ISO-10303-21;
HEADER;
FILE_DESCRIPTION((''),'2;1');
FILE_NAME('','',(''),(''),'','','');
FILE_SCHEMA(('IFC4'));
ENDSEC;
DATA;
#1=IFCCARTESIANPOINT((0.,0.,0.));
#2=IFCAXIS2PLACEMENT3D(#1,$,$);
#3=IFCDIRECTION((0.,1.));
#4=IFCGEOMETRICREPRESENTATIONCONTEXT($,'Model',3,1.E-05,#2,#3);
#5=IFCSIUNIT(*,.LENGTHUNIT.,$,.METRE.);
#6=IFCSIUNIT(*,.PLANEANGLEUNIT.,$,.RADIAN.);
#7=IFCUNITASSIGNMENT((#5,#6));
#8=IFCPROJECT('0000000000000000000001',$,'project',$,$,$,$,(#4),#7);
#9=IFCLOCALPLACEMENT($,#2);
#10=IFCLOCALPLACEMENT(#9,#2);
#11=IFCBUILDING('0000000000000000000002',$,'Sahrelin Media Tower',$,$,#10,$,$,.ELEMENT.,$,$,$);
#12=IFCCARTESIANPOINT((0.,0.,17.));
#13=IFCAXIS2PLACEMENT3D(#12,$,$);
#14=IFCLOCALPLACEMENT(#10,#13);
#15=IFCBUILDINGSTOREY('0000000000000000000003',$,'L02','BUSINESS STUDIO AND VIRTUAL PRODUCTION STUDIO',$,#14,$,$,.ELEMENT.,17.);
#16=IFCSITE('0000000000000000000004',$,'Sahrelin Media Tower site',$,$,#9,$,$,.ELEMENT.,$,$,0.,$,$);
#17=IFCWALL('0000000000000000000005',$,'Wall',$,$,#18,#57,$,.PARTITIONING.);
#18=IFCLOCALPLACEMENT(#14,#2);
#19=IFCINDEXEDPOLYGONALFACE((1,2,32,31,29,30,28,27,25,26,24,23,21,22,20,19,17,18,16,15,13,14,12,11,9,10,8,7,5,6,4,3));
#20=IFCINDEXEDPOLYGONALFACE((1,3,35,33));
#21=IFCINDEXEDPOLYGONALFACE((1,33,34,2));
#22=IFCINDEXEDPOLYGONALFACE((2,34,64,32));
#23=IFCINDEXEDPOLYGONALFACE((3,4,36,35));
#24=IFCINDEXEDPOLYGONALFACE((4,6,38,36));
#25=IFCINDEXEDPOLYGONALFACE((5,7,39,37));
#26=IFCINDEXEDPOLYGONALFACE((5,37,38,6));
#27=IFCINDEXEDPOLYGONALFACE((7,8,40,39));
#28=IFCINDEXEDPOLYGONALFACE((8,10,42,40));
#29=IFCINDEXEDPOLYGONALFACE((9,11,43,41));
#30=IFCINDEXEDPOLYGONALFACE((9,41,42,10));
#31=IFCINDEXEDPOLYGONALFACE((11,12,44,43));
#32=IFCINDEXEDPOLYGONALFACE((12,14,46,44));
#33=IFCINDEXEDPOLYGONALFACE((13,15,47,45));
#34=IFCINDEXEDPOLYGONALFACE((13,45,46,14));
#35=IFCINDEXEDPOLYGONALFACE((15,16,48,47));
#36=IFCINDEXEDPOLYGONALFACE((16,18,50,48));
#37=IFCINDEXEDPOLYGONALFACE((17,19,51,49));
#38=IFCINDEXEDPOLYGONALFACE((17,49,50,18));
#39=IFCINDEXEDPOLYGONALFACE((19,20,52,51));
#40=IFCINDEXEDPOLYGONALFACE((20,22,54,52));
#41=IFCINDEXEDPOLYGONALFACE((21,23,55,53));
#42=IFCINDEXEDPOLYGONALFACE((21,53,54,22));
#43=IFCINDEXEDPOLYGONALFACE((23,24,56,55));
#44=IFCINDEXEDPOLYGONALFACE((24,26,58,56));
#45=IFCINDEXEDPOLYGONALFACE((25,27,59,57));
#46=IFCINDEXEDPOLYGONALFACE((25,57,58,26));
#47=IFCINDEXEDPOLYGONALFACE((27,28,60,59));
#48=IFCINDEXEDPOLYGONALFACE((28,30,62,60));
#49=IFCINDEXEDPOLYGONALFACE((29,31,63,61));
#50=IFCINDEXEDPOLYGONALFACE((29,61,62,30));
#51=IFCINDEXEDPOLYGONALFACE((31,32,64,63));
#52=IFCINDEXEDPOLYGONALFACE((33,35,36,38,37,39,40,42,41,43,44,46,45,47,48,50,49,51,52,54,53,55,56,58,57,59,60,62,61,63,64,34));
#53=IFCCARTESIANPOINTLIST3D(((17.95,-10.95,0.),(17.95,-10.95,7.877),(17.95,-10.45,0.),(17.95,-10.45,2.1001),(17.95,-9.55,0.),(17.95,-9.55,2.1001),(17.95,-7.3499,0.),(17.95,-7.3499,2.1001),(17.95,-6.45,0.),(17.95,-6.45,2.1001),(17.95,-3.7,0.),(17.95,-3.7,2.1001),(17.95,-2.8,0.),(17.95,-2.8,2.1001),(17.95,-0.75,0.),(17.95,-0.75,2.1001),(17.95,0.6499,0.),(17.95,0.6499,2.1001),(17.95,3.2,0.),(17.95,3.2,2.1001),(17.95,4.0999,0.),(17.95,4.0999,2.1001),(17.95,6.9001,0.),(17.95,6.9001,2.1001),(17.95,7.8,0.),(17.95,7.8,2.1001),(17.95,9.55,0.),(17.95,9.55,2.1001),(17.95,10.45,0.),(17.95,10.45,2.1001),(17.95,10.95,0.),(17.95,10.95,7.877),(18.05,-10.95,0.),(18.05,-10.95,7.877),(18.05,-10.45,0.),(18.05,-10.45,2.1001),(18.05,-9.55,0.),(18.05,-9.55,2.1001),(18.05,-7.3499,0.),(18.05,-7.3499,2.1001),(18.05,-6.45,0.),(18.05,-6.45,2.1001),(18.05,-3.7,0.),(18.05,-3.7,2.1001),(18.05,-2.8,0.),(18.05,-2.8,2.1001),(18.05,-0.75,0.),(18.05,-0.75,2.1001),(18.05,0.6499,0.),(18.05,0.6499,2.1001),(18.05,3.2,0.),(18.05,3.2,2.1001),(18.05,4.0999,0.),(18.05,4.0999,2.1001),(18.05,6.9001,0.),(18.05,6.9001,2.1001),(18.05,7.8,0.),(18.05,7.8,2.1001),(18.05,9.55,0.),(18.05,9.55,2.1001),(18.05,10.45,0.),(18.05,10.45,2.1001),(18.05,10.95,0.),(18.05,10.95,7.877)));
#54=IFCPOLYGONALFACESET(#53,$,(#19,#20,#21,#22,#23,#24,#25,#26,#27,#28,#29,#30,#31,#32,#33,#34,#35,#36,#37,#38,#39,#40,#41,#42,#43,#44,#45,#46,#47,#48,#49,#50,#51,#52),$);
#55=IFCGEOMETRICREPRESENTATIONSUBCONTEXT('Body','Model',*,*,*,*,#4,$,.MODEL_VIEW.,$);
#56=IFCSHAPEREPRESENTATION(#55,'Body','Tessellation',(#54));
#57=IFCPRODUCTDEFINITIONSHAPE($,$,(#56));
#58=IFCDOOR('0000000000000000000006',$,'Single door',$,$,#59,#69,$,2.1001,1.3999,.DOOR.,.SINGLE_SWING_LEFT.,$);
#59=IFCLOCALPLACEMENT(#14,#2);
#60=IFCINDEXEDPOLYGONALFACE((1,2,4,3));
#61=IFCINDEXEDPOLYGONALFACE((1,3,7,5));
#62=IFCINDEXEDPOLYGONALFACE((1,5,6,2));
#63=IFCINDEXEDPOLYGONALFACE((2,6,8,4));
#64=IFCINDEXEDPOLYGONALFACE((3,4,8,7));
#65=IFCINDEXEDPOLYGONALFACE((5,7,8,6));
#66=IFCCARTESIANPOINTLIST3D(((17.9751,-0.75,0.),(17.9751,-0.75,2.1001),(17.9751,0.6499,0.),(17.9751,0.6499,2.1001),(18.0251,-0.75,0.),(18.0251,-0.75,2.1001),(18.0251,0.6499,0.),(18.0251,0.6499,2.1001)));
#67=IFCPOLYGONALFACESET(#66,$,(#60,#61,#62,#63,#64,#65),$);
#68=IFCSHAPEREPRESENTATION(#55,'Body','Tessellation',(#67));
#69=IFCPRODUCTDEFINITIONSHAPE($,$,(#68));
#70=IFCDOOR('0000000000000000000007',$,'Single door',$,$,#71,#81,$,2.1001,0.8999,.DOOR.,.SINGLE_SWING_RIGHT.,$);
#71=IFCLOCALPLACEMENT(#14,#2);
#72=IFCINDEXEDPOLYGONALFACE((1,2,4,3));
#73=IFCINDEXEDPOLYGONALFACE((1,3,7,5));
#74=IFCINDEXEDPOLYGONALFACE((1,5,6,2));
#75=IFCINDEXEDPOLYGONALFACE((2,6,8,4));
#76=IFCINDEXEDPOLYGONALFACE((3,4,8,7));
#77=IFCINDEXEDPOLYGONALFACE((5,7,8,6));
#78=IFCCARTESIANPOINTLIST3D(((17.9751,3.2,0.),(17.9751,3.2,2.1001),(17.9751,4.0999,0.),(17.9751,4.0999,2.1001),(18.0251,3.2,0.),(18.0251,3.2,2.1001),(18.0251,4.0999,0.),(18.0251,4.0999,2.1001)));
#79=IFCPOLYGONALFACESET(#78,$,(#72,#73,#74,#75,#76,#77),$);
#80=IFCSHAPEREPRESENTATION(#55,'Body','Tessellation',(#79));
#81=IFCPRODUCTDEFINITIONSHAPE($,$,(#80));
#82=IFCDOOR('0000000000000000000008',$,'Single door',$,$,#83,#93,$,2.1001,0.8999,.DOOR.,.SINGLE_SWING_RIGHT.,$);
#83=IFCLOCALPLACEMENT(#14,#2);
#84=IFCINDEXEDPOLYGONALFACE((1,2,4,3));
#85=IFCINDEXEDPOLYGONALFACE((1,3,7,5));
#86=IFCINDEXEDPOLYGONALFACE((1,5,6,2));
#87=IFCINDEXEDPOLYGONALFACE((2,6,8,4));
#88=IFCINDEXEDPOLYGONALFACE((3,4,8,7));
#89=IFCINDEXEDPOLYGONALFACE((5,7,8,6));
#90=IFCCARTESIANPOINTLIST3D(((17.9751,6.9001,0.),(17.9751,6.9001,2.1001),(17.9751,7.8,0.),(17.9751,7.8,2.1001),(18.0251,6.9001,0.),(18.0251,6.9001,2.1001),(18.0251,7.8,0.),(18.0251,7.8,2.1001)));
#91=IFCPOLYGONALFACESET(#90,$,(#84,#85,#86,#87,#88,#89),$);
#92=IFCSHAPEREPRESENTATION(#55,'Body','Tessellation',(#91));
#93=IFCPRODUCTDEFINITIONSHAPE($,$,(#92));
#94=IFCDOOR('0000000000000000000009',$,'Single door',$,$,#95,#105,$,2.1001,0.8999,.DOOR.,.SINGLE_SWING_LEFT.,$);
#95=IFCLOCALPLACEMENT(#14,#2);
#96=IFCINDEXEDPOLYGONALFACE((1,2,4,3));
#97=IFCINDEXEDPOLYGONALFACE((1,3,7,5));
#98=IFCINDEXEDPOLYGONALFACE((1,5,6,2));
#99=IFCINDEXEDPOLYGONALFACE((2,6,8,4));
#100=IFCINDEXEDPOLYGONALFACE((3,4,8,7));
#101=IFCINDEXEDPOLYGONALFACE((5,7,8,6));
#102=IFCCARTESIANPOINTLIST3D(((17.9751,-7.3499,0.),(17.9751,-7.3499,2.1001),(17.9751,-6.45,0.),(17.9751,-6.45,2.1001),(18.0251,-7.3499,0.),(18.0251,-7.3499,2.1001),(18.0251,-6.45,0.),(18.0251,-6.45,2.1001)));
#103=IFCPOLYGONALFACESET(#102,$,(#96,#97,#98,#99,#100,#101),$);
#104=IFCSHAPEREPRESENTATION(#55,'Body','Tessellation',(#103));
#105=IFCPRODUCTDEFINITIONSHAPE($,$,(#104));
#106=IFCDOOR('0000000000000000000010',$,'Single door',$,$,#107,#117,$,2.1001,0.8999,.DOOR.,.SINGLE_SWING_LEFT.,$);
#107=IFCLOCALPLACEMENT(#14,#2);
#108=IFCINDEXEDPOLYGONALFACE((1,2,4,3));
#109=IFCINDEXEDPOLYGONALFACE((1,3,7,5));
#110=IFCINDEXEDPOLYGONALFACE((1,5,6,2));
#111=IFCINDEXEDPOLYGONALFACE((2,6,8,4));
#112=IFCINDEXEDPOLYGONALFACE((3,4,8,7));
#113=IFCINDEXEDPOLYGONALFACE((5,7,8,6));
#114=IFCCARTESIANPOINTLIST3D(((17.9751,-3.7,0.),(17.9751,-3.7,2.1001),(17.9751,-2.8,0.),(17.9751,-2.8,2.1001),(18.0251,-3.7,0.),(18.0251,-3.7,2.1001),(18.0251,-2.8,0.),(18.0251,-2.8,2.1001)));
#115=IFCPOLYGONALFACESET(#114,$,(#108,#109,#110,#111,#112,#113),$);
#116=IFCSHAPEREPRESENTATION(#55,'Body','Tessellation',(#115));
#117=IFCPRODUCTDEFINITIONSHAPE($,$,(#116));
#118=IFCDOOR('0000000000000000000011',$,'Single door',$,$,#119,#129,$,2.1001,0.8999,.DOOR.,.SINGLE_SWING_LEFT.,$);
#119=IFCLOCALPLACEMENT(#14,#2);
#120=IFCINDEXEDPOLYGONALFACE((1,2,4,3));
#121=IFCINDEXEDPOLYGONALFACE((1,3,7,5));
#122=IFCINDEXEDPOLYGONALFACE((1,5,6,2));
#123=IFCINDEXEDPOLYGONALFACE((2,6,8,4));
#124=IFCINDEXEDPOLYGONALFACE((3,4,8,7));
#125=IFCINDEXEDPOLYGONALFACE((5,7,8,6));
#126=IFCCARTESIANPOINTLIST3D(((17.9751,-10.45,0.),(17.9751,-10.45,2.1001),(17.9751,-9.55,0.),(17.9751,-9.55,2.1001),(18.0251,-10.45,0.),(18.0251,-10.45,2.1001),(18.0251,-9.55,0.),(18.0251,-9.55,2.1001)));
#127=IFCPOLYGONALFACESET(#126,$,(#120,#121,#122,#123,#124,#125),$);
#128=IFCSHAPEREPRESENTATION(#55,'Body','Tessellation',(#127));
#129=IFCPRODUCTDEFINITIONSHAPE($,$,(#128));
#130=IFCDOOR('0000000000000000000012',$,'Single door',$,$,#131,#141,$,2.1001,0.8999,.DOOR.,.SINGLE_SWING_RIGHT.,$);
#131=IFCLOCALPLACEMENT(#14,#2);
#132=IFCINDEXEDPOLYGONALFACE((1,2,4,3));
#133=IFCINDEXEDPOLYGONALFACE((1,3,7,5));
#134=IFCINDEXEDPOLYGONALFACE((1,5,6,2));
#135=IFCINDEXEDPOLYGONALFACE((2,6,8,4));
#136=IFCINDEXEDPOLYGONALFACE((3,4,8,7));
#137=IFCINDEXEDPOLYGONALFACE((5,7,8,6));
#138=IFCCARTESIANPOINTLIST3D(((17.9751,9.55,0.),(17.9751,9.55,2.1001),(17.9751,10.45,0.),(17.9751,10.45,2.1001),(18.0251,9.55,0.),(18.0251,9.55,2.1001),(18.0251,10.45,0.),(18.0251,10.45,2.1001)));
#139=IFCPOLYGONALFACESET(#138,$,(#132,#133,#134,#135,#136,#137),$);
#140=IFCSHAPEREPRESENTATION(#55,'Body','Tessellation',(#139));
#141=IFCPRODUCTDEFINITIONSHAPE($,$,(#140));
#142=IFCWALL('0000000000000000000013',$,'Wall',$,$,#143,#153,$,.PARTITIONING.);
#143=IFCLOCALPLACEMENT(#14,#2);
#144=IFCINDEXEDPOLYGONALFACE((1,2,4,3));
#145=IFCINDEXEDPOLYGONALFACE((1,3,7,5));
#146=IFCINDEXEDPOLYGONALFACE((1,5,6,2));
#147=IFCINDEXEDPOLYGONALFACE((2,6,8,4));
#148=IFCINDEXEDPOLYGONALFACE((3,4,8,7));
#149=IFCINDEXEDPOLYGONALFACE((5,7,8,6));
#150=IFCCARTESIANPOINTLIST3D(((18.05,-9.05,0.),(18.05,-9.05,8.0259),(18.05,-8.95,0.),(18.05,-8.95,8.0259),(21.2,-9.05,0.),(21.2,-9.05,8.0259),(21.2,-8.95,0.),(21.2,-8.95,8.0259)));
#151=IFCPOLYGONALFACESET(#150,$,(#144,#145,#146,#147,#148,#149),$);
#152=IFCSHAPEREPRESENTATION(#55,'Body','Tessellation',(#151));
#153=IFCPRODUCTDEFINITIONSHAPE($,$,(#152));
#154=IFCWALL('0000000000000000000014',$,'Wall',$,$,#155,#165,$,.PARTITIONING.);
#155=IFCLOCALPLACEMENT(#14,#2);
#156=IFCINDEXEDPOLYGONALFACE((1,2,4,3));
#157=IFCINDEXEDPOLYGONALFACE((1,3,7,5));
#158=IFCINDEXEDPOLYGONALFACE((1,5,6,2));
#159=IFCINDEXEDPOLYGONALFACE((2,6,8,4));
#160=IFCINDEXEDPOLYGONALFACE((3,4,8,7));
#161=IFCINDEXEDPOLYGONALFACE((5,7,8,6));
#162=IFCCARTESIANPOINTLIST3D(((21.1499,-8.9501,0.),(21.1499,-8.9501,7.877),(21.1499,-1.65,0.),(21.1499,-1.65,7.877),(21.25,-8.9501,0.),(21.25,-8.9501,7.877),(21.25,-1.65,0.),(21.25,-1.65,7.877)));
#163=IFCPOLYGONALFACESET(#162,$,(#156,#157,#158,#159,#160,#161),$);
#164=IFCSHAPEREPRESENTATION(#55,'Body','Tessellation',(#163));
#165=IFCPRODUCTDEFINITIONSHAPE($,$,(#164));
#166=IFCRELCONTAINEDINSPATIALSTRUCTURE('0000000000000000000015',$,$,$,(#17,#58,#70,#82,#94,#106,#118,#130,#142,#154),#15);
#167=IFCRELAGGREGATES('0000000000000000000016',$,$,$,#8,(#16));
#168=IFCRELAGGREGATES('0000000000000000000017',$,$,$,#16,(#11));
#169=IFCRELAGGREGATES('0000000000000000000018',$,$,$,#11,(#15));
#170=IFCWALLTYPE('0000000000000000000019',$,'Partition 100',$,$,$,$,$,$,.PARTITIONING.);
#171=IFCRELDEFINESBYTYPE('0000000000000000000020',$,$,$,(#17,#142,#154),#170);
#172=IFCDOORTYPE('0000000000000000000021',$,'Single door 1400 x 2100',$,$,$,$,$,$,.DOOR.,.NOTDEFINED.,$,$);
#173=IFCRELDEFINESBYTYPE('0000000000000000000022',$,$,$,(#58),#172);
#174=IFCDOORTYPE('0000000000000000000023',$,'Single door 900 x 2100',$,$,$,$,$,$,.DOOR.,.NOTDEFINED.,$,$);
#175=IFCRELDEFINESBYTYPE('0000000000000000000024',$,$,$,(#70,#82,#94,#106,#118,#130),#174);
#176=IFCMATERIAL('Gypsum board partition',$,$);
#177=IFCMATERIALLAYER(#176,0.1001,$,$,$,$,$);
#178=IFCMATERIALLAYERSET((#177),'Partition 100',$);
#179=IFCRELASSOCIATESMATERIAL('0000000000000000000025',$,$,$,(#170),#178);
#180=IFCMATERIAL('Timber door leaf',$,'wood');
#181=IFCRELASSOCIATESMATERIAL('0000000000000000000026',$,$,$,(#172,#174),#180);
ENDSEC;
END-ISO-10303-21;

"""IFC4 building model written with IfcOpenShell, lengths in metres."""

from ifc_helpers import new_model, si_unit, direction, frame, frame_2d, origin, place, context, subcontext, project, spatial, rectangle, extrude, material, layer, layer_set, type_object, element, fill, save


model = new_model("IFC4")

# Units and contexts
model_context = context("Model", 3, precision=1e-05, world=origin(), true_north=direction((0.0, 1.0)))
body_context = subcontext(model_context, "Body", "Model", "MODEL_VIEW")
ifc_project = project(units=[si_unit("LENGTHUNIT", "METRE"), si_unit("PLANEANGLEUNIT", "RADIAN")], contexts=[model_context])

# Site, building, storey
site_placement = place(None, origin())
site = spatial("IfcSite", under=ifc_project, at=site_placement, Name="Sahrelin Media Tower site", CompositionType="ELEMENT", RefElevation=0.0)
building_placement = place(site_placement, origin())
building = spatial("IfcBuilding", under=site, at=building_placement, Name="Sahrelin Media Tower", CompositionType="ELEMENT")
storey_placement = place(building_placement, frame((0.0, 0.0, 17.0)))
storey = spatial("IfcBuildingStorey", under=building, at=storey_placement, Name="L02", Description="BUSINESS STUDIO AND VIRTUAL PRODUCTION STUDIO", CompositionType="ELEMENT", Elevation=17.0)

# Shared definitions
ifc_material_1 = material(Name="Gypsum board partition")
ifc_layer_1 = layer(ifc_material_1, 0.1001)
ifc_layer_set_1 = layer_set([ifc_layer_1], Name="Partition 100")
wall_type_1 = type_object("IfcWallType", Name="Partition 100", PredefinedType="PARTITIONING", material=ifc_layer_set_1)

# Wall, openings, doors
wall_1_placement = place(storey_placement, frame((18.0, -10.95, 0.0), z_axis=(0.0, 0.0, 1.0), x_axis=(0.0, 1.0, 0.0)))
wall_1 = element("IfcWall", 1, at=wall_1_placement, inside=storey, type_object=wall_type_1, Name="Wall", PredefinedType="PARTITIONING", context=body_context, shape_type="SweptSolid", body=[
    extrude(rectangle(XDim=21.8999, YDim=0.1001, at=frame_2d((10.95, 0.0))), origin(), (0.0, 0.0, 1.0), 7.877),
])
opening_1_placement = place(wall_1_placement, frame((14.1499, 0.0, 0.0)))
opening_1 = element("IfcOpeningElement", 2, at=opening_1_placement, cuts=wall_1, PredefinedType="OPENING", context=body_context, shape_type="SweptSolid", body=[
    extrude(rectangle(XDim=0.8999, YDim=2.1001, at=frame_2d((0.45, 1.05))), frame((0.0, 0.05, 0.0), z_axis=(0.0, -1.0, 0.0), x_axis=(1.0, 0.0, 0.0)), (0.0, 0.0, 1.0), 0.1001),
])
opening_2_placement = place(wall_1_placement, frame((17.8501, 0.0, 0.0)))
opening_2 = element("IfcOpeningElement", 3, at=opening_2_placement, cuts=wall_1, PredefinedType="OPENING", context=body_context, shape_type="SweptSolid", body=[
    extrude(rectangle(XDim=0.8999, YDim=2.1001, at=frame_2d((0.45, 1.05))), frame((0.0, 0.05, 0.0), z_axis=(0.0, -1.0, 0.0), x_axis=(1.0, 0.0, 0.0)), (0.0, 0.0, 1.0), 0.1001),
])
opening_3_placement = place(wall_1_placement, frame((3.6001, 0.0, 0.0)))
opening_3 = element("IfcOpeningElement", 4, at=opening_3_placement, cuts=wall_1, PredefinedType="OPENING", context=body_context, shape_type="SweptSolid", body=[
    extrude(rectangle(XDim=0.8999, YDim=2.1001, at=frame_2d((0.45, 1.05))), frame((0.0, 0.05, 0.0), z_axis=(0.0, -1.0, 0.0), x_axis=(1.0, 0.0, 0.0)), (0.0, 0.0, 1.0), 0.1001),
])
opening_4_placement = place(wall_1_placement, frame((7.25, 0.0, 0.0)))
opening_4 = element("IfcOpeningElement", 5, at=opening_4_placement, cuts=wall_1, PredefinedType="OPENING", context=body_context, shape_type="SweptSolid", body=[
    extrude(rectangle(XDim=0.8999, YDim=2.1001, at=frame_2d((0.45, 1.05))), frame((0.0, 0.05, 0.0), z_axis=(0.0, -1.0, 0.0), x_axis=(1.0, 0.0, 0.0)), (0.0, 0.0, 1.0), 0.1001),
])
opening_5_placement = place(wall_1_placement, frame((0.5, 0.0, 0.0)))
opening_5 = element("IfcOpeningElement", 6, at=opening_5_placement, cuts=wall_1, PredefinedType="OPENING", context=body_context, shape_type="SweptSolid", body=[
    extrude(rectangle(XDim=0.8999, YDim=2.1001, at=frame_2d((0.45, 1.05))), frame((0.0, 0.05, 0.0), z_axis=(0.0, -1.0, 0.0), x_axis=(1.0, 0.0, 0.0)), (0.0, 0.0, 1.0), 0.1001),
])
opening_6_placement = place(wall_1_placement, frame((10.2, 0.0, 0.0)))
opening_6 = element("IfcOpeningElement", 7, at=opening_6_placement, cuts=wall_1, PredefinedType="OPENING", context=body_context, shape_type="SweptSolid", body=[
    extrude(rectangle(XDim=1.3999, YDim=2.1001, at=frame_2d((0.7, 1.05))), frame((0.0, 0.05, 0.0), z_axis=(0.0, -1.0, 0.0), x_axis=(1.0, 0.0, 0.0)), (0.0, 0.0, 1.0), 0.1001),
])
opening_7_placement = place(wall_1_placement, frame((20.5, 0.0, 0.0)))
opening_7 = element("IfcOpeningElement", 8, at=opening_7_placement, cuts=wall_1, PredefinedType="OPENING", context=body_context, shape_type="SweptSolid", body=[
    extrude(rectangle(XDim=0.8999, YDim=2.1001, at=frame_2d((0.45, 1.05))), frame((0.0, 0.05, 0.0), z_axis=(0.0, -1.0, 0.0), x_axis=(1.0, 0.0, 0.0)), (0.0, 0.0, 1.0), 0.1001),
])
ifc_material_2 = material(Name="Timber door leaf", Category="wood")
door_type_1 = type_object("IfcDoorType", Name="Single door 1400 x 2100", OperationType="NOTDEFINED", PredefinedType="DOOR", material=ifc_material_2)
door_1_placement = place(opening_6_placement, origin())
door_1 = element("IfcDoor", 9, at=door_1_placement, inside=storey, type_object=door_type_1, Name="Single door", OperationType="SINGLE_SWING_LEFT", OverallHeight=2.1001, OverallWidth=1.3999, PredefinedType="DOOR", context=body_context, shape_type="SweptSolid", body=[
    extrude(rectangle(XDim=1.3999, YDim=2.1001, at=frame_2d((0.7, 1.05))), frame((0.0, 0.0249, 0.0), z_axis=(0.0, -1.0, 0.0), x_axis=(1.0, 0.0, 0.0)), (0.0, 0.0, 1.0), 0.05),
])
fill(opening_6, door_1)
door_type_2 = type_object("IfcDoorType", Name="Single door 900 x 2100", OperationType="NOTDEFINED", PredefinedType="DOOR", material=ifc_material_2)
door_2_placement = place(opening_1_placement, origin())
door_2 = element("IfcDoor", 10, at=door_2_placement, inside=storey, type_object=door_type_2, Name="Single door", OperationType="SINGLE_SWING_RIGHT", OverallHeight=2.1001, OverallWidth=0.8999, PredefinedType="DOOR", context=body_context, shape_type="SweptSolid", body=[
    extrude(rectangle(XDim=0.8999, YDim=2.1001, at=frame_2d((0.45, 1.05))), frame((0.0, 0.0249, 0.0), z_axis=(0.0, -1.0, 0.0), x_axis=(1.0, 0.0, 0.0)), (0.0, 0.0, 1.0), 0.05),
])
fill(opening_1, door_2)
door_3_placement = place(opening_2_placement, origin())
door_3 = element("IfcDoor", 11, at=door_3_placement, inside=storey, type_object=door_type_2, Name="Single door", OperationType="SINGLE_SWING_RIGHT", OverallHeight=2.1001, OverallWidth=0.8999, PredefinedType="DOOR", context=body_context, shape_type="SweptSolid", body=[
    extrude(rectangle(XDim=0.8999, YDim=2.1001, at=frame_2d((0.45, 1.05))), frame((0.0, 0.0249, 0.0), z_axis=(0.0, -1.0, 0.0), x_axis=(1.0, 0.0, 0.0)), (0.0, 0.0, 1.0), 0.05),
])
fill(opening_2, door_3)
door_4_placement = place(opening_3_placement, origin())
door_4 = element("IfcDoor", 12, at=door_4_placement, inside=storey, type_object=door_type_2, Name="Single door", OperationType="SINGLE_SWING_LEFT", OverallHeight=2.1001, OverallWidth=0.8999, PredefinedType="DOOR", context=body_context, shape_type="SweptSolid", body=[
    extrude(rectangle(XDim=0.8999, YDim=2.1001, at=frame_2d((0.45, 1.05))), frame((0.0, 0.0249, 0.0), z_axis=(0.0, -1.0, 0.0), x_axis=(1.0, 0.0, 0.0)), (0.0, 0.0, 1.0), 0.05),
])
fill(opening_3, door_4)
door_5_placement = place(opening_4_placement, origin())
door_5 = element("IfcDoor", 13, at=door_5_placement, inside=storey, type_object=door_type_2, Name="Single door", OperationType="SINGLE_SWING_LEFT", OverallHeight=2.1001, OverallWidth=0.8999, PredefinedType="DOOR", context=body_context, shape_type="SweptSolid", body=[
    extrude(rectangle(XDim=0.8999, YDim=2.1001, at=frame_2d((0.45, 1.05))), frame((0.0, 0.0249, 0.0), z_axis=(0.0, -1.0, 0.0), x_axis=(1.0, 0.0, 0.0)), (0.0, 0.0, 1.0), 0.05),
])
fill(opening_4, door_5)
door_6_placement = place(opening_5_placement, origin())
door_6 = element("IfcDoor", 14, at=door_6_placement, inside=storey, type_object=door_type_2, Name="Single door", OperationType="SINGLE_SWING_LEFT", OverallHeight=2.1001, OverallWidth=0.8999, PredefinedType="DOOR", context=body_context, shape_type="SweptSolid", body=[
    extrude(rectangle(XDim=0.8999, YDim=2.1001, at=frame_2d((0.45, 1.05))), frame((0.0, 0.0249, 0.0), z_axis=(0.0, -1.0, 0.0), x_axis=(1.0, 0.0, 0.0)), (0.0, 0.0, 1.0), 0.05),
])
fill(opening_5, door_6)
door_7_placement = place(opening_7_placement, origin())
door_7 = element("IfcDoor", 15, at=door_7_placement, inside=storey, type_object=door_type_2, Name="Single door", OperationType="SINGLE_SWING_RIGHT", OverallHeight=2.1001, OverallWidth=0.8999, PredefinedType="DOOR", context=body_context, shape_type="SweptSolid", body=[
    extrude(rectangle(XDim=0.8999, YDim=2.1001, at=frame_2d((0.45, 1.05))), frame((0.0, 0.0249, 0.0), z_axis=(0.0, -1.0, 0.0), x_axis=(1.0, 0.0, 0.0)), (0.0, 0.0, 1.0), 0.05),
])
fill(opening_7, door_7)

# Walls
wall_2_placement = place(storey_placement, frame((18.05, -9.0, 0.0), z_axis=(0.0, 0.0, 1.0), x_axis=(1.0, 0.0, 0.0)))
element("IfcWall", 16, at=wall_2_placement, inside=storey, type_object=wall_type_1, Name="Wall", PredefinedType="PARTITIONING", context=body_context, shape_type="SweptSolid", body=[
    extrude(rectangle(XDim=3.1499, YDim=0.1001, at=frame_2d((1.575, 0.0))), origin(), (0.0, 0.0, 1.0), 8.0259),
])
wall_3_placement = place(storey_placement, frame((21.2, -8.95, 0.0), z_axis=(0.0, 0.0, 1.0), x_axis=(0.0, 1.0, 0.0)))
element("IfcWall", 17, at=wall_3_placement, inside=storey, type_object=wall_type_1, Name="Wall", PredefinedType="PARTITIONING", context=body_context, shape_type="SweptSolid", body=[
    extrude(rectangle(XDim=7.3, YDim=0.1001, at=frame_2d((3.6499, 0.0))), origin(), (0.0, 0.0, 1.0), 7.877),
])

save(model, "model.ifc")
